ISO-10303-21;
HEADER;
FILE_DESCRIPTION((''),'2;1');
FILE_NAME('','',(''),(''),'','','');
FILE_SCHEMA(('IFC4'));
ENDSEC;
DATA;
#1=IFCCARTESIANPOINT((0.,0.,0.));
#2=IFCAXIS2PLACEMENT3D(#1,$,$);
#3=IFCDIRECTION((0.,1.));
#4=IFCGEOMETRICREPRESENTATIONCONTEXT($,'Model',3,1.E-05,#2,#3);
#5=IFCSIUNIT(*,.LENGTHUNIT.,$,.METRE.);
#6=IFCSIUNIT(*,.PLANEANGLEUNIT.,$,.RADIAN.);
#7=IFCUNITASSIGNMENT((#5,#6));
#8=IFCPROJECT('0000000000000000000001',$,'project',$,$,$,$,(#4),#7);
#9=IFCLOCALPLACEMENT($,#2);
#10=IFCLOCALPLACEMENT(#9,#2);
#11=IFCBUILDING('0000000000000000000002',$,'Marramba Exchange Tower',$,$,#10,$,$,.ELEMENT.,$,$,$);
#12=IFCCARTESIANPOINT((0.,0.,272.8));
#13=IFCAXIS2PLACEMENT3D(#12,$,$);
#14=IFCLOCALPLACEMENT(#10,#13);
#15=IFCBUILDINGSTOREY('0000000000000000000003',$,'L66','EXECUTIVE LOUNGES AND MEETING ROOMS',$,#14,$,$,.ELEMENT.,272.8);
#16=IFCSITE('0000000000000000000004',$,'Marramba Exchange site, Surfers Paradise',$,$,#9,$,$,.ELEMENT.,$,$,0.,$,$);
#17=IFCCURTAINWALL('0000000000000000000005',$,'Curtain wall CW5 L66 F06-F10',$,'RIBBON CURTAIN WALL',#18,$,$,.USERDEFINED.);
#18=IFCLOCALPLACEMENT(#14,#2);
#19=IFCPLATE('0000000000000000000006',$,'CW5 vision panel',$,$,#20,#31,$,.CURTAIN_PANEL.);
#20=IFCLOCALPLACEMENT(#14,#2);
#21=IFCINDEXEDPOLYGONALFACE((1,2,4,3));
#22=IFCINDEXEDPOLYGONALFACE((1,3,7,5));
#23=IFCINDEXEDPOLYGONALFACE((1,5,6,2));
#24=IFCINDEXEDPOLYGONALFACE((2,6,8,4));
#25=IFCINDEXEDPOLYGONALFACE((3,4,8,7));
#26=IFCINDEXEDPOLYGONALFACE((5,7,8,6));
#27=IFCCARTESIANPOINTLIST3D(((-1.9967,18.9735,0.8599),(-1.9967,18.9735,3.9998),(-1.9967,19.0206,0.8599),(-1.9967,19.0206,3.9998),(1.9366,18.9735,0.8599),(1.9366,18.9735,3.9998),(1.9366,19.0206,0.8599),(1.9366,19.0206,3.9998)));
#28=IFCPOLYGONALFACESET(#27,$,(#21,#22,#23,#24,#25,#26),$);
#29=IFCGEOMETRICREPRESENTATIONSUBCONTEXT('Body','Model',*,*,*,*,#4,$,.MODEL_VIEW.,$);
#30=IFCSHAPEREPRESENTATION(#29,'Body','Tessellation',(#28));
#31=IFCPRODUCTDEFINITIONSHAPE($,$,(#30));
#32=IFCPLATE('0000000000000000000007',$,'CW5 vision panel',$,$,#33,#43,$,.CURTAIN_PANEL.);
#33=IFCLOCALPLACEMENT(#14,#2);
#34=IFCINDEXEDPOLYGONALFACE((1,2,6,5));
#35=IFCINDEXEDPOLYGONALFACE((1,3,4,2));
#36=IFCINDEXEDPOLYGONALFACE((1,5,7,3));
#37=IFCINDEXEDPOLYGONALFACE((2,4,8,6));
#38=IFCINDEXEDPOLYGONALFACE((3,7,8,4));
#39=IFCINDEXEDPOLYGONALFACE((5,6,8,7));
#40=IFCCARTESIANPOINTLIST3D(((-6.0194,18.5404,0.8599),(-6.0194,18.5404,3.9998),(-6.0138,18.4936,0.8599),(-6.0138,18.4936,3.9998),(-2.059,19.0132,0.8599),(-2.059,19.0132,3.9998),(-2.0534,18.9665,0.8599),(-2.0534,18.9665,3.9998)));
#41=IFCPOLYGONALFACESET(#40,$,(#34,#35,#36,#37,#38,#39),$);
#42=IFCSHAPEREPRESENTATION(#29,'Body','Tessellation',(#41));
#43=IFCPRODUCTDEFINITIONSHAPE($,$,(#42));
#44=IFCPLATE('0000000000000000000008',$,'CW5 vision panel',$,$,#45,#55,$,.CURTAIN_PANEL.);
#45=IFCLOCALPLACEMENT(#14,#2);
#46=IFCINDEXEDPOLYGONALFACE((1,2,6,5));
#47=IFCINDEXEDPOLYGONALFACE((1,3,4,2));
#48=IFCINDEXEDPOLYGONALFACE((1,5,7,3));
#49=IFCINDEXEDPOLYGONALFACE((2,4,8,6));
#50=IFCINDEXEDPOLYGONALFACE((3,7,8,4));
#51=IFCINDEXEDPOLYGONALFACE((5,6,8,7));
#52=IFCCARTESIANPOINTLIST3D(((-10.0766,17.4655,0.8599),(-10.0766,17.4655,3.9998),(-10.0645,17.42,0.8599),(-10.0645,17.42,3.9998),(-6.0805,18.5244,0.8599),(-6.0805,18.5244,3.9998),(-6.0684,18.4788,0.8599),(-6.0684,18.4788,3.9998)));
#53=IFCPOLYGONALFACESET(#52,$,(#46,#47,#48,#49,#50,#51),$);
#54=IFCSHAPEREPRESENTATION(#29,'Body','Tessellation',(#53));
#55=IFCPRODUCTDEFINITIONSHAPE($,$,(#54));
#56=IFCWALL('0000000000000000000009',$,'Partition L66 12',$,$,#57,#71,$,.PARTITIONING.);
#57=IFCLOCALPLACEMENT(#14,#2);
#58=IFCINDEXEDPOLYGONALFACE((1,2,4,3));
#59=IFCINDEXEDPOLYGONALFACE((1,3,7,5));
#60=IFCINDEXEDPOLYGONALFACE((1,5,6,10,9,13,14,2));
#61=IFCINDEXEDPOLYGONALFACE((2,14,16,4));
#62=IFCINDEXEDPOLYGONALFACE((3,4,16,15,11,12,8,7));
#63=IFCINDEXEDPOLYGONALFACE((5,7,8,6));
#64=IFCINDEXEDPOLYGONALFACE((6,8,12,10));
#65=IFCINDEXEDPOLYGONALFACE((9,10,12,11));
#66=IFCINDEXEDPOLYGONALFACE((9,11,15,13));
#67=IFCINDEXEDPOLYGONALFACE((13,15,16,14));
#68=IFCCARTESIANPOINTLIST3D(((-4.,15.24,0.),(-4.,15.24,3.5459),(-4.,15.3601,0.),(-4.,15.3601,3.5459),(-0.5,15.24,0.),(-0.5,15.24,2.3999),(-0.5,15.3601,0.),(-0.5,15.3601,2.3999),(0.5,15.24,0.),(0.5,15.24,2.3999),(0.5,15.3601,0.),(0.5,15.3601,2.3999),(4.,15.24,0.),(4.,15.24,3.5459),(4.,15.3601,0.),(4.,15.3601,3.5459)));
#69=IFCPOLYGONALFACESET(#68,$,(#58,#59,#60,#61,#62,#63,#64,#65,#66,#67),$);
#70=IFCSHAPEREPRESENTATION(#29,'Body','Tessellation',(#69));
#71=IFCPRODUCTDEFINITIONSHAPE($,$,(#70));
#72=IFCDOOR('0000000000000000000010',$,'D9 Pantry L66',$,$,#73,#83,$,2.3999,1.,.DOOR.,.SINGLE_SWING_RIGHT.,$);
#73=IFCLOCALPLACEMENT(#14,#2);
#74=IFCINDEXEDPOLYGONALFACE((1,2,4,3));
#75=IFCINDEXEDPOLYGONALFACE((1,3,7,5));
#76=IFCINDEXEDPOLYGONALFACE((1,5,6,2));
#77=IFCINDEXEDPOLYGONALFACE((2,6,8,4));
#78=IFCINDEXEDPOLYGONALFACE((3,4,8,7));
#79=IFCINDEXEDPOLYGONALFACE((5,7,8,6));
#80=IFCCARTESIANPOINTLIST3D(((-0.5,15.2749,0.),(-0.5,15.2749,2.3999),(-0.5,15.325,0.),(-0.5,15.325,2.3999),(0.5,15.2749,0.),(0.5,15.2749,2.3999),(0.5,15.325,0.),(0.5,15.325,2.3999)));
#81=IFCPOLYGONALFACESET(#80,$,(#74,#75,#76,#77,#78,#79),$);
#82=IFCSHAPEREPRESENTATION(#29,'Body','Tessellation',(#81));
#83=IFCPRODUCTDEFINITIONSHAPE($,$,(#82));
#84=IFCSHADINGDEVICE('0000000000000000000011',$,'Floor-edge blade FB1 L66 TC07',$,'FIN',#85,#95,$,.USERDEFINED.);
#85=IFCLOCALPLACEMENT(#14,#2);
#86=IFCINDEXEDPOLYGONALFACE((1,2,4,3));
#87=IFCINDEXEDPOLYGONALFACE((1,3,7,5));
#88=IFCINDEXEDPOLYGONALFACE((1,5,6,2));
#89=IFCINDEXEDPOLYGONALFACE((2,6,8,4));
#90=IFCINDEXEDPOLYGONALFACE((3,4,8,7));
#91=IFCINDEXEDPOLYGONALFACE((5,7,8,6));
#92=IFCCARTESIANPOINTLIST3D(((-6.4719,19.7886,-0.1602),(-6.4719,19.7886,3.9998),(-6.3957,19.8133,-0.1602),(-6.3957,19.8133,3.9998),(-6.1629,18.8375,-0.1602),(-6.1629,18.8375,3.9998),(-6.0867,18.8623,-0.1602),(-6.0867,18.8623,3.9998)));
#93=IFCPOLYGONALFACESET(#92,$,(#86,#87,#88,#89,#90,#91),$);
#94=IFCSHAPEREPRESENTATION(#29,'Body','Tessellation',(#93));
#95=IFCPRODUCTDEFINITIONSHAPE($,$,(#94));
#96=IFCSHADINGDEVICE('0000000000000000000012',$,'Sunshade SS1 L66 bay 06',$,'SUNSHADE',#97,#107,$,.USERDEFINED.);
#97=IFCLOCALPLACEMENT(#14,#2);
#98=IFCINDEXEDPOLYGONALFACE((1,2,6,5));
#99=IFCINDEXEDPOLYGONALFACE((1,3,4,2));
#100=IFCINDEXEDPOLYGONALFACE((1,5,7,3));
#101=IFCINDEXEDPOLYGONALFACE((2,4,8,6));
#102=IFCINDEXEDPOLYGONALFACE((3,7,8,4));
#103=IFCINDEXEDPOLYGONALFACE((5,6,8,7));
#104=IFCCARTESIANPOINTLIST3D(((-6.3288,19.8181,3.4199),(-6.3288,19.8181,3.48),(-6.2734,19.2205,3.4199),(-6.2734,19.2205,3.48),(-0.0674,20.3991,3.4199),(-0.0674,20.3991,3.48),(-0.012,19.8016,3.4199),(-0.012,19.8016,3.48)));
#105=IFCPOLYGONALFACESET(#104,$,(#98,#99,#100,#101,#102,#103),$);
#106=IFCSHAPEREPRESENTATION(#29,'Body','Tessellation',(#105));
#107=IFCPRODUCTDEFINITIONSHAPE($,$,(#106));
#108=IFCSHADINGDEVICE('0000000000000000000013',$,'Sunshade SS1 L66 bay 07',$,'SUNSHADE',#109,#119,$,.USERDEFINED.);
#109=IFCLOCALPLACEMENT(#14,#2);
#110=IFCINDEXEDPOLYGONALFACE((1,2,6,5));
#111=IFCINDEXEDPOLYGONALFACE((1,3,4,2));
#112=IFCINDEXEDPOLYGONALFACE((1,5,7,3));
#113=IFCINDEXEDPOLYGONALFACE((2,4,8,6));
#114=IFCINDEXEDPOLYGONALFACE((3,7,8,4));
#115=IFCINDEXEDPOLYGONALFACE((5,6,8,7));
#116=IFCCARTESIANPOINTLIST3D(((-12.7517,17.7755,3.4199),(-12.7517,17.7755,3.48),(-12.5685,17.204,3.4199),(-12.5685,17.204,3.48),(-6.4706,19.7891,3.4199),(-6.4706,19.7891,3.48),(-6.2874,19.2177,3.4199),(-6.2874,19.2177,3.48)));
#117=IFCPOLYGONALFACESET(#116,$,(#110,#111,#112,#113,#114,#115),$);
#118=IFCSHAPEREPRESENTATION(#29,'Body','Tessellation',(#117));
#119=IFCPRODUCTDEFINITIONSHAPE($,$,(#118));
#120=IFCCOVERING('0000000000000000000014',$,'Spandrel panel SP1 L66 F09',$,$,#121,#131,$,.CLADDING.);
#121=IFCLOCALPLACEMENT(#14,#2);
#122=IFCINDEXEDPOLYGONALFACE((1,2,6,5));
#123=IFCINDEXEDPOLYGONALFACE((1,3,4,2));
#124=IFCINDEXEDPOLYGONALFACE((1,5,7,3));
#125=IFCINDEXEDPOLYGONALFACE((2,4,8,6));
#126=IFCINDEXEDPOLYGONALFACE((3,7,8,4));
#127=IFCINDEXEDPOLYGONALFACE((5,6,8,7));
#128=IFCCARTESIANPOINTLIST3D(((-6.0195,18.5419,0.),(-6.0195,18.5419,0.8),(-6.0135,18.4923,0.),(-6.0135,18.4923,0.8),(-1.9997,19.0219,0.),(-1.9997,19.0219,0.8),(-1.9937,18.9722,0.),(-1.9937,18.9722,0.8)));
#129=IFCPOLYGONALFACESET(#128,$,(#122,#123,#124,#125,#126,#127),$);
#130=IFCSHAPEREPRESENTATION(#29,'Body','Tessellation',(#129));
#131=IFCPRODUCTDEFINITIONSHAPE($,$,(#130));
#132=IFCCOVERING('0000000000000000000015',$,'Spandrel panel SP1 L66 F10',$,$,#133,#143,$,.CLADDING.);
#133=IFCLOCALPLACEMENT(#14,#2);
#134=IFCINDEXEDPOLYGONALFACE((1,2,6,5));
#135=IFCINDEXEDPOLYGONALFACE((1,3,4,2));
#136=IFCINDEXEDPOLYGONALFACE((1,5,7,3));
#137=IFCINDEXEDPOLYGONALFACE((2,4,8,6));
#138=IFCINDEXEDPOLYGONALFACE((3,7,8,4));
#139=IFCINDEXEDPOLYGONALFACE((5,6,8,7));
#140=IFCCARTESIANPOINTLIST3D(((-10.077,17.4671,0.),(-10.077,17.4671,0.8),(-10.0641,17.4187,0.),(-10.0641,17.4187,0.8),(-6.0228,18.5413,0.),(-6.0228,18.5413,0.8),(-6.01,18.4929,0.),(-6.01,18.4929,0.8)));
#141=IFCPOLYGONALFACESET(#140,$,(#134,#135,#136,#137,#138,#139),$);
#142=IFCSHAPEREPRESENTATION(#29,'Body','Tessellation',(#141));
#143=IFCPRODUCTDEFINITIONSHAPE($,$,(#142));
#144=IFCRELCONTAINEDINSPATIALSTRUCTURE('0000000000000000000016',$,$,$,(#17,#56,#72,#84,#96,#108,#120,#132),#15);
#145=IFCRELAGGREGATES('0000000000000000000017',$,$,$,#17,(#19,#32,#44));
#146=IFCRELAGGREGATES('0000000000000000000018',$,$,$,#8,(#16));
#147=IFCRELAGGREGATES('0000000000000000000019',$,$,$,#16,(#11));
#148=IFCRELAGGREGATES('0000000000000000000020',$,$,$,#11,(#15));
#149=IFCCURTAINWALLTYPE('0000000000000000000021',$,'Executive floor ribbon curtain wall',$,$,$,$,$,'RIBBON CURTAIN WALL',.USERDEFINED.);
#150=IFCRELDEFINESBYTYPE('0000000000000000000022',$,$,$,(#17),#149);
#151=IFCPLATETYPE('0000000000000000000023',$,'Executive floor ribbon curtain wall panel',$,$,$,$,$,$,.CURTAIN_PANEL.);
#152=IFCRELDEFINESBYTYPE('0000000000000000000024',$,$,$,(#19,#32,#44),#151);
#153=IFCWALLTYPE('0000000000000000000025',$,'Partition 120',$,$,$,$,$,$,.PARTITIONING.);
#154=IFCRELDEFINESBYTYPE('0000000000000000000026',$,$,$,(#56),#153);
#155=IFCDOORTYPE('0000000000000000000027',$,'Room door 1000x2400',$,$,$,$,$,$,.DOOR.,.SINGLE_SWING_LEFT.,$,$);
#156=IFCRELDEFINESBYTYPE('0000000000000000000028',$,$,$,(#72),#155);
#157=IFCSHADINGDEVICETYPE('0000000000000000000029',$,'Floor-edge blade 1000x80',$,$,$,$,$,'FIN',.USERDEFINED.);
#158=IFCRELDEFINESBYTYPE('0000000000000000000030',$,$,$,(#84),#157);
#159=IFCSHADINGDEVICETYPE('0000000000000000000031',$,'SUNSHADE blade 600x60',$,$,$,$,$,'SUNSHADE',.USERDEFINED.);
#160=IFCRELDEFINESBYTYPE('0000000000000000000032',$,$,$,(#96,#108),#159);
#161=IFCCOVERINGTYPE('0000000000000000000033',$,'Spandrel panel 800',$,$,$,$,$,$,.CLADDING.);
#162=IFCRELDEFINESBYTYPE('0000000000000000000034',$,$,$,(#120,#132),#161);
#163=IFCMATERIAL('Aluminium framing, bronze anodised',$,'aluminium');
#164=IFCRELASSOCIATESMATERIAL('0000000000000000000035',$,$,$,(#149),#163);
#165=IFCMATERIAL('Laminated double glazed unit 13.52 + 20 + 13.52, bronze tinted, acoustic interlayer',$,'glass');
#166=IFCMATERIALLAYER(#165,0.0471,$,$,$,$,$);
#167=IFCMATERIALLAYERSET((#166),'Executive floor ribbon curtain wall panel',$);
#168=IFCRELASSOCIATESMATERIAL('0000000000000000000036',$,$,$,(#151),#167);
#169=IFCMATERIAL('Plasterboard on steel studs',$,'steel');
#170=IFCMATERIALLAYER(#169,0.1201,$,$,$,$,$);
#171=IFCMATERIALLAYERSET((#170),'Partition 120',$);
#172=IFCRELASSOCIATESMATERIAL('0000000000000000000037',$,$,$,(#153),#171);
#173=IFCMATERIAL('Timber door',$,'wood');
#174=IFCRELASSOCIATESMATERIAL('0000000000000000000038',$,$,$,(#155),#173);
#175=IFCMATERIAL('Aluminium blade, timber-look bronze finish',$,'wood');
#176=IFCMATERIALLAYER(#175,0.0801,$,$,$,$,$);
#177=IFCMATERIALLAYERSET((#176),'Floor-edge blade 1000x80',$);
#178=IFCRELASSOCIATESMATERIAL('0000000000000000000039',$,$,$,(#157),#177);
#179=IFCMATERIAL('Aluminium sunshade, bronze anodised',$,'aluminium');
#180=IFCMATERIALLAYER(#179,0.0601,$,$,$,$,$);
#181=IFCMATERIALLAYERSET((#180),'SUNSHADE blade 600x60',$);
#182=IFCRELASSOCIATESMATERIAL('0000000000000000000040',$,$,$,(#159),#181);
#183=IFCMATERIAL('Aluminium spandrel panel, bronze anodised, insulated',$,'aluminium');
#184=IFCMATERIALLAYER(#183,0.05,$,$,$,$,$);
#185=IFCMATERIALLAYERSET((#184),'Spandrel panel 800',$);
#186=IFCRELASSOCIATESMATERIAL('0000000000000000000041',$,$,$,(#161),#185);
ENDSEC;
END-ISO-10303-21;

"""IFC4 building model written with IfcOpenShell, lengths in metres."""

from ifc_helpers import new_model, si_unit, direction, frame, frame_2d, origin, origin_2d, place, context, subcontext, project, spatial, rectangle, extrude, material, layer, layer_set, type_object, element, fill, aggregate, save


model = new_model("IFC4")

# Units and contexts
model_context = context("Model", 3, precision=1e-05, world=origin(), true_north=direction((0.0, 1.0)))
body_context = subcontext(model_context, "Body", "Model", "MODEL_VIEW")
ifc_project = project(units=[si_unit("LENGTHUNIT", "METRE"), si_unit("PLANEANGLEUNIT", "RADIAN")], contexts=[model_context])

# Site, building, storey
site_placement = place(None, origin())
site = spatial("IfcSite", under=ifc_project, at=site_placement, Name="Marramba Exchange site, Surfers Paradise", CompositionType="ELEMENT", RefElevation=0.0)
building_placement = place(site_placement, origin())
building = spatial("IfcBuilding", under=site, at=building_placement, Name="Marramba Exchange Tower", CompositionType="ELEMENT")
storey_placement = place(building_placement, frame((0.0, 0.0, 272.8)))
storey = spatial("IfcBuildingStorey", under=building, at=storey_placement, Name="L66", Description="EXECUTIVE LOUNGES AND MEETING ROOMS", CompositionType="ELEMENT", Elevation=272.8)

# Curtain wall
ifc_material_1 = material(Name="Aluminium framing, bronze anodised", Category="aluminium")
curtain_wall_type = type_object("IfcCurtainWallType", Name="Executive floor ribbon curtain wall", ElementType="RIBBON CURTAIN WALL", PredefinedType="USERDEFINED", material=ifc_material_1)
curtain_wall_1_placement = place(storey_placement, origin())
curtain_wall_1 = element("IfcCurtainWall", 1, at=curtain_wall_1_placement, inside=storey, type_object=curtain_wall_type, Name="Curtain wall CW5 L66 F06-F10", ObjectType="RIBBON CURTAIN WALL", PredefinedType="USERDEFINED")

# Plates
ifc_material_2 = material(Name="Laminated double glazed unit 13.52 + 20 + 13.52, bronze tinted, acoustic interlayer", Category="glass")
ifc_layer_1 = layer(ifc_material_2, 0.0471)
ifc_layer_set_1 = layer_set([ifc_layer_1], Name="Executive floor ribbon curtain wall panel")
plate_type = type_object("IfcPlateType", Name="Executive floor ribbon curtain wall panel", PredefinedType="CURTAIN_PANEL", material=ifc_layer_set_1)
plate_1_placement = place(storey_placement, frame((-0.03, 18.9971, 0.8599), z_axis=(0.0, 0.0, 1.0), x_axis=(-1.0, 0.0, 0.0)))
plate_1 = element("IfcPlate", 2, at=plate_1_placement, type_object=plate_type, Name="CW5 vision panel", PredefinedType="CURTAIN_PANEL", context=body_context, shape_type="SweptSolid", body=[
    extrude(rectangle(XDim=3.9333, YDim=0.0471, at=origin_2d()), origin(), (0.0, 0.0, 1.0), 3.1399),
])
plate_2_placement = place(storey_placement, frame((-4.0364, 18.7534, 0.8599), z_axis=(0.0, 0.0, 1.0), x_axis=(-0.992947, -0.118557, 0.0)))
plate_2 = element("IfcPlate", 3, at=plate_2_placement, type_object=plate_type, Name="CW5 vision panel", PredefinedType="CURTAIN_PANEL", context=body_context, shape_type="SweptSolid", body=[
    extrude(rectangle(XDim=3.9885, YDim=0.0471, at=origin_2d()), origin(), (0.0, 0.0, 1.0), 3.1399),
])
plate_3_placement = place(storey_placement, frame((-8.0725, 17.9722, 0.8599), z_axis=(0.0, 0.0, 1.0), x_axis=(-0.966644, -0.256126, 0.0)))
plate_3 = element("IfcPlate", 4, at=plate_3_placement, type_object=plate_type, Name="CW5 vision panel", PredefinedType="CURTAIN_PANEL", context=body_context, shape_type="SweptSolid", body=[
    extrude(rectangle(XDim=4.134, YDim=0.0471, at=origin_2d()), origin(), (0.0, 0.0, 1.0), 3.1399),
])
aggregate(curtain_wall_1, [plate_1, plate_2, plate_3])

# Wall, opening, door
ifc_material_3 = material(Name="Plasterboard on steel studs", Category="steel")
ifc_layer_2 = layer(ifc_material_3, 0.1201)
ifc_layer_set_2 = layer_set([ifc_layer_2], Name="Partition 120")
wall_type = type_object("IfcWallType", Name="Partition 120", PredefinedType="PARTITIONING", material=ifc_layer_set_2)
wall_placement = place(storey_placement, frame((-4.0, 15.3, 0.0), z_axis=(0.0, 0.0, 1.0), x_axis=(1.0, 0.0, 0.0)))
wall = element("IfcWall", 5, at=wall_placement, inside=storey, type_object=wall_type, Name="Partition L66 12", PredefinedType="PARTITIONING", context=body_context, shape_type="SweptSolid", body=[
    extrude(rectangle(XDim=8.0, YDim=0.1201, at=frame_2d((4.0, 0.0))), origin(), (0.0, 0.0, 1.0), 3.5459),
])
opening_placement = place(wall_placement, frame((3.5, 0.0, 0.0)))
opening = element("IfcOpeningElement", 6, at=opening_placement, cuts=wall, PredefinedType="OPENING", context=body_context, shape_type="SweptSolid", body=[
    extrude(rectangle(XDim=1.0, YDim=2.3999, at=frame_2d((0.5, 1.2))), frame((0.0, 0.0701, 0.0), z_axis=(0.0, -1.0, 0.0), x_axis=(1.0, 0.0, 0.0)), (0.0, 0.0, 1.0), 0.1401),
])
ifc_material_4 = material(Name="Timber door", Category="wood")
door_type = type_object("IfcDoorType", Name="Room door 1000x2400", OperationType="SINGLE_SWING_LEFT", PredefinedType="DOOR", material=ifc_material_4)
door_placement = place(opening_placement, frame((1.0, 0.0, 0.0), z_axis=(0.0, 0.0, 1.0), x_axis=(-1.0, 0.0, 0.0)))
door = element("IfcDoor", 7, at=door_placement, inside=storey, type_object=door_type, Name="D9 Pantry L66", OperationType="SINGLE_SWING_RIGHT", OverallHeight=2.3999, OverallWidth=1.0, PredefinedType="DOOR", context=body_context, shape_type="SweptSolid", body=[
    extrude(rectangle(XDim=1.0, YDim=2.3999, at=frame_2d((0.5, 1.2))), frame((0.0, 0.0251, 0.0), z_axis=(0.0, -1.0, 0.0), x_axis=(1.0, 0.0, 0.0)), (0.0, 0.0, 1.0), 0.05),
])
fill(opening, door)

# Shading devices
ifc_material_5 = material(Name="Aluminium blade, timber-look bronze finish", Category="wood")
ifc_layer_3 = layer(ifc_material_5, 0.0801)
ifc_layer_set_3 = layer_set([ifc_layer_3], Name="Floor-edge blade 1000x80")
shading_device_type_1 = type_object("IfcShadingDeviceType", Name="Floor-edge blade 1000x80", ElementType="FIN", PredefinedType="USERDEFINED", material=ifc_layer_set_3)
shading_device_1_placement = place(storey_placement, frame((-6.2793, 19.3254, -0.1602), z_axis=(0.0, 0.0, 1.0), x_axis=(-0.309017, 0.951057, 0.0)))
element("IfcShadingDevice", 8, at=shading_device_1_placement, inside=storey, type_object=shading_device_type_1, Name="Floor-edge blade FB1 L66 TC07", ObjectType="FIN", PredefinedType="USERDEFINED", context=body_context, shape_type="SweptSolid", body=[
    extrude(rectangle(XDim=1.0, YDim=0.0801, at=origin_2d()), origin(), (0.0, 0.0, 1.0), 4.1599),
])
ifc_material_6 = material(Name="Aluminium sunshade, bronze anodised", Category="aluminium")
ifc_layer_4 = layer(ifc_material_6, 0.0601)
ifc_layer_set_4 = layer_set([ifc_layer_4], Name="SUNSHADE blade 600x60")
shading_device_type_2 = type_object("IfcShadingDeviceType", Name="SUNSHADE blade 600x60", ElementType="SUNSHADE", PredefinedType="USERDEFINED", material=ifc_layer_set_4)
shading_device_2_placement = place(storey_placement, frame((-3.1704, 19.8098, 3.4199), z_axis=(0.0, 0.0, 1.0), x_axis=(-0.995722, -0.092397, 0.0)))
element("IfcShadingDevice", 9, at=shading_device_2_placement, inside=storey, type_object=shading_device_type_2, Name="Sunshade SS1 L66 bay 06", ObjectType="SUNSHADE", PredefinedType="USERDEFINED", context=body_context, shape_type="SweptSolid", body=[
    extrude(rectangle(XDim=6.2883, YDim=0.6001, at=origin_2d()), origin(), (0.0, 0.0, 1.0), 0.0601),
])
shading_device_3_placement = place(storey_placement, frame((-9.5195, 18.4966, 3.4199), z_axis=(0.0, 0.0, 1.0), x_axis=(-0.95226, -0.305289, 0.0)))
element("IfcShadingDevice", 10, at=shading_device_3_placement, inside=storey, type_object=shading_device_type_2, Name="Sunshade SS1 L66 bay 07", ObjectType="SUNSHADE", PredefinedType="USERDEFINED", context=body_context, shape_type="SweptSolid", body=[
    extrude(rectangle(XDim=6.5959, YDim=0.6001, at=origin_2d()), origin(), (0.0, 0.0, 1.0), 0.0601),
])

# Coverings
ifc_material_7 = material(Name="Aluminium spandrel panel, bronze anodised, insulated", Category="aluminium")
ifc_layer_5 = layer(ifc_material_7, 0.05)
ifc_layer_set_5 = layer_set([ifc_layer_5], Name="Spandrel panel 800")
covering_type = type_object("IfcCoveringType", Name="Spandrel panel 800", PredefinedType="CLADDING", material=ifc_layer_set_5)
covering_1_placement = place(storey_placement, frame((-4.0066, 18.7571, 0.0), z_axis=(0.0, 0.0, 1.0), x_axis=(-0.992947, -0.118557, 0.0)))
element("IfcCovering", 11, at=covering_1_placement, inside=storey, type_object=covering_type, Name="Spandrel panel SP1 L66 F09", PredefinedType="CLADDING", context=body_context, shape_type="SweptSolid", body=[
    extrude(rectangle(XDim=4.0483, YDim=0.05, at=origin_2d()), origin(), (0.0, 0.0, 1.0), 0.8),
])
covering_2_placement = place(storey_placement, frame((-8.0435, 17.98, 0.0), z_axis=(0.0, 0.0, 1.0), x_axis=(-0.966644, -0.256126, 0.0)))
element("IfcCovering", 12, at=covering_2_placement, inside=storey, type_object=covering_type, Name="Spandrel panel SP1 L66 F10", PredefinedType="CLADDING", context=body_context, shape_type="SweptSolid", body=[
    extrude(rectangle(XDim=4.1941, YDim=0.05, at=origin_2d()), origin(), (0.0, 0.0, 1.0), 0.8),
])

save(model, "model.ifc")
